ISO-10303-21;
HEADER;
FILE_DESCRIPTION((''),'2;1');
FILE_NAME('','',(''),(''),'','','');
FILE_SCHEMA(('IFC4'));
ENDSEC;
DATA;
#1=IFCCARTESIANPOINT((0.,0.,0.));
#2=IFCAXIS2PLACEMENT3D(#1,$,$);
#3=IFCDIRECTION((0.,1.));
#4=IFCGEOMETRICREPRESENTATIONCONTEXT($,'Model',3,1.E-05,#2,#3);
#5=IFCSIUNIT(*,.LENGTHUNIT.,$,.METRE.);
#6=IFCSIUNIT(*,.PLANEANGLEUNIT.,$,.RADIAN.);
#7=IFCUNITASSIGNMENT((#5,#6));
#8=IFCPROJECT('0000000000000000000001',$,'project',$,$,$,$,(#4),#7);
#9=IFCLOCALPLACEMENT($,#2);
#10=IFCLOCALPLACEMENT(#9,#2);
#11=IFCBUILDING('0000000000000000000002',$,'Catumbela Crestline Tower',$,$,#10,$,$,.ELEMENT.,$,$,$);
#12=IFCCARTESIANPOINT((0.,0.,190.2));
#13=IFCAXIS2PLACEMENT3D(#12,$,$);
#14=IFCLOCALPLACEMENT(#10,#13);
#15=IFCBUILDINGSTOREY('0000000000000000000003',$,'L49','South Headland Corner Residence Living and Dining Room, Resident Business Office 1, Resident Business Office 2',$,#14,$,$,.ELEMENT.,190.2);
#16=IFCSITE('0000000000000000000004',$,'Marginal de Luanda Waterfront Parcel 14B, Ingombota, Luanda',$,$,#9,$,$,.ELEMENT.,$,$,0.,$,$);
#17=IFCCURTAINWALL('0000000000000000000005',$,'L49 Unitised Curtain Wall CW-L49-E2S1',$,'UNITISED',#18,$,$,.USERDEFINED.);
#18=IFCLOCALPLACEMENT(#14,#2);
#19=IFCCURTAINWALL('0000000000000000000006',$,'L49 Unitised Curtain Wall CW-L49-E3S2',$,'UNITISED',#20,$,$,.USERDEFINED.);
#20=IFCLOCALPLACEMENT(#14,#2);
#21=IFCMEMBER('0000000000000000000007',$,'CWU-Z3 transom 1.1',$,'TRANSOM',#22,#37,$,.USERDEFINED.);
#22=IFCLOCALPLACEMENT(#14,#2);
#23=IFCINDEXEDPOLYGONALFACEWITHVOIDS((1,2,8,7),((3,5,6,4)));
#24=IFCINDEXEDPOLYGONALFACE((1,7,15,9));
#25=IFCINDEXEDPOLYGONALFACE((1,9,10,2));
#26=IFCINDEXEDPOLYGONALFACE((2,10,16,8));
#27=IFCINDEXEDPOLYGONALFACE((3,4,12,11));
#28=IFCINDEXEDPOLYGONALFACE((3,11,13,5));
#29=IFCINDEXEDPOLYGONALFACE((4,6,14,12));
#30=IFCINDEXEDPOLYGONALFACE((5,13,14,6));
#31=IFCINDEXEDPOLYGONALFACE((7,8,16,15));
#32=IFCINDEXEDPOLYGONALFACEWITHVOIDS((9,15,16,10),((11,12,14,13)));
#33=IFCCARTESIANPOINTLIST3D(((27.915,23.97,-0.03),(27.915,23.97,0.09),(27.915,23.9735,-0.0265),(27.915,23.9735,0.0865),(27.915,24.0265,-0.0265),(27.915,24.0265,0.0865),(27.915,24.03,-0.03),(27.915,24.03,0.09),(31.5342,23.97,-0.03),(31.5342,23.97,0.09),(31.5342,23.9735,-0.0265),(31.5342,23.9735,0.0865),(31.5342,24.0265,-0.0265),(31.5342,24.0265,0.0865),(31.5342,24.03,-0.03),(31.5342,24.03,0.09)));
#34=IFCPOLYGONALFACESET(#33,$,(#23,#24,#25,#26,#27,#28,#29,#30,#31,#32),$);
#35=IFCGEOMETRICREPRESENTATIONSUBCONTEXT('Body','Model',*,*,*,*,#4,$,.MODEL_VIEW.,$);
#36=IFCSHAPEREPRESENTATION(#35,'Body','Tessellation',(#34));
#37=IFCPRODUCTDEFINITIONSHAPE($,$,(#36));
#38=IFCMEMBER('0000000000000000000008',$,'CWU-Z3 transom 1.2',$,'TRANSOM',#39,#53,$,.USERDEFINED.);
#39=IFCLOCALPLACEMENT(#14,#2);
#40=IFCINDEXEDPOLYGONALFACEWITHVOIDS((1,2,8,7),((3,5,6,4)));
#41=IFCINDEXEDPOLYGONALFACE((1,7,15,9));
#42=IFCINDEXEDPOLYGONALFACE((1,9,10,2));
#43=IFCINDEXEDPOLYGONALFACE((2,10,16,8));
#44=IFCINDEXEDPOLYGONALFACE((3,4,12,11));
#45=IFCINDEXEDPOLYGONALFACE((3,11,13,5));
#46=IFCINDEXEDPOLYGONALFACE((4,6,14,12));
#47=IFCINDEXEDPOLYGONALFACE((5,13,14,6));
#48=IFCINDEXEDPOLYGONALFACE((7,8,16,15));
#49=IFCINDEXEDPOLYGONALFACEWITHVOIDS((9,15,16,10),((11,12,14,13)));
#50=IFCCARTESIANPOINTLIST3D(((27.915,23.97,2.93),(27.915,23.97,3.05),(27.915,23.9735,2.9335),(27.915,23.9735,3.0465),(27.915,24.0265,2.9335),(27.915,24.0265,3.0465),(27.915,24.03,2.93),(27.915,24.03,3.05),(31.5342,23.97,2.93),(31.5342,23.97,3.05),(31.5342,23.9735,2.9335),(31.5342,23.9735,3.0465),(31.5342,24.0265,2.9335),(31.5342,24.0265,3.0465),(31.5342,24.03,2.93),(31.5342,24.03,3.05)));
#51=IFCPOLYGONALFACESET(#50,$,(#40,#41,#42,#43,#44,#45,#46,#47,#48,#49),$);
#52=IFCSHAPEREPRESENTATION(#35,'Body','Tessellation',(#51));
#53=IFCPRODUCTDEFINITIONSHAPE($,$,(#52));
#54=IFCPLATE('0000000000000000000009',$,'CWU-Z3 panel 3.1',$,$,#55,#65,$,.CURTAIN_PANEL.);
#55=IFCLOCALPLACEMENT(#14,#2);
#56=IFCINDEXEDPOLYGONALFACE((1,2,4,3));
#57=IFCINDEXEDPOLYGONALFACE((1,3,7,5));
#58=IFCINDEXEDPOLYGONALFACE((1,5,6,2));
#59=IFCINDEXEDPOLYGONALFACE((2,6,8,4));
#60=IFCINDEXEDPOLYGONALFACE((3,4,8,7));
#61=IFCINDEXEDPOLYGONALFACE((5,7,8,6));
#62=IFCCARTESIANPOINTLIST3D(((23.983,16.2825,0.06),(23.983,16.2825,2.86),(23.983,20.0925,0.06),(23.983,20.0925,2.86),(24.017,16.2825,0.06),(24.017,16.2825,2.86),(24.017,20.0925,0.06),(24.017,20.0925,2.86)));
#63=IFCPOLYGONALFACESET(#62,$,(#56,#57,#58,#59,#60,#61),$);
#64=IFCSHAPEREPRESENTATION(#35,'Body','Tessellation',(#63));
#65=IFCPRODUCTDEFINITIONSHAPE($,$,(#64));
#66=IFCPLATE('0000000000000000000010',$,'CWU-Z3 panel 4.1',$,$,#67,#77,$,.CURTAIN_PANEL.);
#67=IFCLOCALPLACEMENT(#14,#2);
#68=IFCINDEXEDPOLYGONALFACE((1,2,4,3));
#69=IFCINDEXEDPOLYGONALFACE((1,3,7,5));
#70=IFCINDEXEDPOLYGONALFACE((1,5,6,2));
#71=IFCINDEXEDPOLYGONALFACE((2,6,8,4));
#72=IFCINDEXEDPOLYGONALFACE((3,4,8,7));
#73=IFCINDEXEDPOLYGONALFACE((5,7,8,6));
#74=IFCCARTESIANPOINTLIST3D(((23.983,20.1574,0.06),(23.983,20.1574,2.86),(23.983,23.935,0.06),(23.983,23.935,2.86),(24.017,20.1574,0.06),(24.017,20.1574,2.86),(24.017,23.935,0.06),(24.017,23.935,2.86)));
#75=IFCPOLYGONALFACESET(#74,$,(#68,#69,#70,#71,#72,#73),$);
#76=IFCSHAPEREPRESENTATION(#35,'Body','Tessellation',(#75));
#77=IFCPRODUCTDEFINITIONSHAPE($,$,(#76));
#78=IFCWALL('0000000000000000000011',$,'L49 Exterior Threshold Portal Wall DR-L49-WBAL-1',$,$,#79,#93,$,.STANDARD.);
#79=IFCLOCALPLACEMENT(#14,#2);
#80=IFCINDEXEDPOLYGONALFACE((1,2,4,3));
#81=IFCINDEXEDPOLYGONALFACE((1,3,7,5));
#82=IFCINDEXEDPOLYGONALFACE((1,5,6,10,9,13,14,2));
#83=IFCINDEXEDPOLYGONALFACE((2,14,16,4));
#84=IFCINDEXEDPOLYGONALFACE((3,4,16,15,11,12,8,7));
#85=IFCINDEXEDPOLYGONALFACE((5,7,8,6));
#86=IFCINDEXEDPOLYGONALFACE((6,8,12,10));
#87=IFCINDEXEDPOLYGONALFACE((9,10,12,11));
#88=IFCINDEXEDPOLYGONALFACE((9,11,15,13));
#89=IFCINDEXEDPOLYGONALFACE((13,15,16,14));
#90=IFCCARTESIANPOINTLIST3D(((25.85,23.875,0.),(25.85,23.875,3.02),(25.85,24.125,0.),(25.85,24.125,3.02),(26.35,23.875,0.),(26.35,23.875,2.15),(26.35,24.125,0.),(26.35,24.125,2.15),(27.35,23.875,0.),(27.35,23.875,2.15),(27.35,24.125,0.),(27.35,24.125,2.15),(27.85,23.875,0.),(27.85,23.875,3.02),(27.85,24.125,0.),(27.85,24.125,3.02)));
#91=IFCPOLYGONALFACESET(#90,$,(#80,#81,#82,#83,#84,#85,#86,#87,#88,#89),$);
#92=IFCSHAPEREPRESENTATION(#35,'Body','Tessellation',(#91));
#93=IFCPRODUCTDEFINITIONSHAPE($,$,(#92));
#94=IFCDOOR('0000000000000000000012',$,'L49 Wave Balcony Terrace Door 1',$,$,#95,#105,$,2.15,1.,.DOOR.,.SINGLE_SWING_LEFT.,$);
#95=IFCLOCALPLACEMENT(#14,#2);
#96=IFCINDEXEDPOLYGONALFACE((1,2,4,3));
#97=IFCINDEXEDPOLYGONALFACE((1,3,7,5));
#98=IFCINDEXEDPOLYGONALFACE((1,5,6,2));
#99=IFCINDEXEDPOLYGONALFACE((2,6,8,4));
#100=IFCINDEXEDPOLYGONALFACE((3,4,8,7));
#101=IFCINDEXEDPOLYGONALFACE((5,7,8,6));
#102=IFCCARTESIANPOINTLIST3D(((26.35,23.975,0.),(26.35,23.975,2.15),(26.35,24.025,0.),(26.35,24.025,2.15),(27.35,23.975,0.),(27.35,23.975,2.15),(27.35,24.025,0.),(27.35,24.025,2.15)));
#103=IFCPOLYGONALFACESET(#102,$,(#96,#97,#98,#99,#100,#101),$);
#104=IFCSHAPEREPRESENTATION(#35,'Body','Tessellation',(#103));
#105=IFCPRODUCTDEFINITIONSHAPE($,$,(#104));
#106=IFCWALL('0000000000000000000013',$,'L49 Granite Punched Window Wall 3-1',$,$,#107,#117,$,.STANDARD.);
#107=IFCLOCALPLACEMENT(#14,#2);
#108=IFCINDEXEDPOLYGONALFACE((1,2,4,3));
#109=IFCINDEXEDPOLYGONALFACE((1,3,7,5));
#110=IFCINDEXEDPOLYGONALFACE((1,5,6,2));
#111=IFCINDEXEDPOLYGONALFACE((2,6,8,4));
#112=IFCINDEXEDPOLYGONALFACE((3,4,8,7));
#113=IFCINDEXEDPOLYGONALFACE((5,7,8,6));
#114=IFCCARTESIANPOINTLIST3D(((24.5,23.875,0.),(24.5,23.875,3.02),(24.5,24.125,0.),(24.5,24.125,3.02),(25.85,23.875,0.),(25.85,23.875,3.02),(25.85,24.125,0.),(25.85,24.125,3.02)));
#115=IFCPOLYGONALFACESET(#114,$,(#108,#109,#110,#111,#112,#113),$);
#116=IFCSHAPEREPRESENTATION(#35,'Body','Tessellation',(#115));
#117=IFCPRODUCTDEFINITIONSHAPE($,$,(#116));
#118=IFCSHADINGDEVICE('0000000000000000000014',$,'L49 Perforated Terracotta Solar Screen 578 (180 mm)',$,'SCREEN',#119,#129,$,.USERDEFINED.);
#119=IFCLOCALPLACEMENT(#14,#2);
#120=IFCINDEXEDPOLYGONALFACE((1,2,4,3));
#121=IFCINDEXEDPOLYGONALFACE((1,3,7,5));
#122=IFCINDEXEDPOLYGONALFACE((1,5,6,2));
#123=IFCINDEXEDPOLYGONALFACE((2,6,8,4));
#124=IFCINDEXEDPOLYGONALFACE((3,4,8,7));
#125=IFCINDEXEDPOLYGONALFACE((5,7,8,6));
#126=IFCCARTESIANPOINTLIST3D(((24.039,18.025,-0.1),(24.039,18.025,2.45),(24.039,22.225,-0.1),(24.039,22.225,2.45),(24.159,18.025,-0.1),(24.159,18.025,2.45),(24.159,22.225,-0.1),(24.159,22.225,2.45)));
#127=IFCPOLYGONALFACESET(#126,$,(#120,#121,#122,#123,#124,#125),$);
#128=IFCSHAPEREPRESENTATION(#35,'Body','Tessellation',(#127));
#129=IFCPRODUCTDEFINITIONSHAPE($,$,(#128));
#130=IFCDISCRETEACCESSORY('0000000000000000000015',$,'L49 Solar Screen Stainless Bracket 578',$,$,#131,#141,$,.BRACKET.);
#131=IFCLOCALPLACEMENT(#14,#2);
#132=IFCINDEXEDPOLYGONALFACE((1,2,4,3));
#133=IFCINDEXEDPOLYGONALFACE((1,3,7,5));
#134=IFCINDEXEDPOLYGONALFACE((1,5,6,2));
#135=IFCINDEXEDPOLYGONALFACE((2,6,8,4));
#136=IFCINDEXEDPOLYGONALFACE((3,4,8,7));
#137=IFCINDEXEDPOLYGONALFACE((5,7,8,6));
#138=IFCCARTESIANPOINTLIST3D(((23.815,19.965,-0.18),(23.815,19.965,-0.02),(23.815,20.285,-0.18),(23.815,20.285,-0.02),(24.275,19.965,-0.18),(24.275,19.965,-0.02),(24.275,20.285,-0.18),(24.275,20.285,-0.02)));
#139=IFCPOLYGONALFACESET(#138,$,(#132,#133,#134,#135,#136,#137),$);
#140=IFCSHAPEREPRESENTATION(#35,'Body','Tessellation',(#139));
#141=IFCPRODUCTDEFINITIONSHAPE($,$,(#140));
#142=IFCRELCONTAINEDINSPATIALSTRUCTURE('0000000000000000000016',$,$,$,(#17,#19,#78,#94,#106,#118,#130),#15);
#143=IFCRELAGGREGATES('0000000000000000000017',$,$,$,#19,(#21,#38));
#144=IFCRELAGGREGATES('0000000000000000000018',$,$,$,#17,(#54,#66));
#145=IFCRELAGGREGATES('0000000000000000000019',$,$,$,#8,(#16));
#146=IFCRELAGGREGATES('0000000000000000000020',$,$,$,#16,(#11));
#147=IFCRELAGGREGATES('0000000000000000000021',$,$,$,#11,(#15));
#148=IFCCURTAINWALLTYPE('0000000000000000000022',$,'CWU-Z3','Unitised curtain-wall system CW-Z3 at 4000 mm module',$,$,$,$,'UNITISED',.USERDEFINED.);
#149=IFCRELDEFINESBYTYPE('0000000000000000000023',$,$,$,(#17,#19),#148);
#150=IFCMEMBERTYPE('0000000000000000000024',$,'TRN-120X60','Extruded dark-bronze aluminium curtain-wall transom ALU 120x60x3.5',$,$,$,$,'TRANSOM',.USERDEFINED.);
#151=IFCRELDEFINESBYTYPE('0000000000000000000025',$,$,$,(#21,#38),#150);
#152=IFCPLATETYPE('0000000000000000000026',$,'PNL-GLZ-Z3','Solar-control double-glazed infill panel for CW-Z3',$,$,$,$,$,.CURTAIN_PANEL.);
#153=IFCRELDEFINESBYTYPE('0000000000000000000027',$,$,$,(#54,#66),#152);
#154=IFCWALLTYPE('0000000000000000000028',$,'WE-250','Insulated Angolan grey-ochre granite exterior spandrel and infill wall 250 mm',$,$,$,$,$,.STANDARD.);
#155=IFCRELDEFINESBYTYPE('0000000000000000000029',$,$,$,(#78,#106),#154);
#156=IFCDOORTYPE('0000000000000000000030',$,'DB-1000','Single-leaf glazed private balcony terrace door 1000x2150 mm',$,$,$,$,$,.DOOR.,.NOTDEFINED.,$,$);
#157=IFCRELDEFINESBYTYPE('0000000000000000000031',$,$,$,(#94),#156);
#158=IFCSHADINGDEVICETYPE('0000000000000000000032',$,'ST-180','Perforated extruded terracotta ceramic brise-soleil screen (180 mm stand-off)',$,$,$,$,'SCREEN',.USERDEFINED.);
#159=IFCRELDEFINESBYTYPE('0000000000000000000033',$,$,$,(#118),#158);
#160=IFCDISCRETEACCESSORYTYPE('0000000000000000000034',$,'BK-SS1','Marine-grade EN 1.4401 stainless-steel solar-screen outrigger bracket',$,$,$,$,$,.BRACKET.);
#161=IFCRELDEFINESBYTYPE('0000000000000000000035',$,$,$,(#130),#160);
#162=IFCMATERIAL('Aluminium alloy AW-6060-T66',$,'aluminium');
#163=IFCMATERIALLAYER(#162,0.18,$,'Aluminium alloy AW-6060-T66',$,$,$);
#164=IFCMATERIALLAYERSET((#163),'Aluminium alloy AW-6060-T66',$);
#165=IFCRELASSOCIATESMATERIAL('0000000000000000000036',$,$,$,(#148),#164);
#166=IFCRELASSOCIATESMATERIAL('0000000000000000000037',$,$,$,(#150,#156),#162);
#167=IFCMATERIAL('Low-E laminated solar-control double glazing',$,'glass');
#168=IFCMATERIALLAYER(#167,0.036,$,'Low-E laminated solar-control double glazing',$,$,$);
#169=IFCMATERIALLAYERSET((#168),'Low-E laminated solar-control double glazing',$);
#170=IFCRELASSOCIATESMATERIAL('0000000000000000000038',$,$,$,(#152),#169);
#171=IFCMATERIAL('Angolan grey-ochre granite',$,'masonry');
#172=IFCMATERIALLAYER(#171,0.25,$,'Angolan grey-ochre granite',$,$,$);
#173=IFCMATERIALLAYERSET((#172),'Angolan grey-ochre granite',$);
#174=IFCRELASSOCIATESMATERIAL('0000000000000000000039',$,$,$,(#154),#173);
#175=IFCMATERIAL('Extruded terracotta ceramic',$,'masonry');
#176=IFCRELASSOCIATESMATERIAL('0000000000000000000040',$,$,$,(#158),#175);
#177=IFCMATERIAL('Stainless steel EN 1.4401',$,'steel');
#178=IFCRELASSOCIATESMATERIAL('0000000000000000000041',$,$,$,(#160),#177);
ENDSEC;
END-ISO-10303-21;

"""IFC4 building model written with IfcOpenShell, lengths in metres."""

from ifc_helpers import new_model, si_unit, direction, frame, frame_2d, origin, origin_2d, place, context, subcontext, project, spatial, rectangle, hollow_rectangle, extrude, material, layer, layer_set, material_profile, profile_set, type_object, element, fill, aggregate, save


model = new_model("IFC4")

# Units and contexts
model_context = context("Model", 3, precision=1e-05, world=origin(), true_north=direction((0.0, 1.0)))
body_context = subcontext(model_context, "Body", "Model", "MODEL_VIEW")
ifc_project = project(units=[si_unit("LENGTHUNIT", "METRE"), si_unit("PLANEANGLEUNIT", "RADIAN")], contexts=[model_context])

# Site, building, storey
site_placement = place(None, origin())
site = spatial("IfcSite", under=ifc_project, at=site_placement, Name="Marginal de Luanda Waterfront Parcel 14B, Ingombota, Luanda", CompositionType="ELEMENT", RefElevation=0.0)
building_placement = place(site_placement, origin())
building = spatial("IfcBuilding", under=site, at=building_placement, Name="Catumbela Crestline Tower", CompositionType="ELEMENT")
storey_placement = place(building_placement, frame((0.0, 0.0, 190.2)))
storey = spatial("IfcBuildingStorey", under=building, at=storey_placement, Name="L49", Description="South Headland Corner Residence Living and Dining Room, Resident Business Office 1, Resident Business Office 2", CompositionType="ELEMENT", Elevation=190.2)

# Curtain wall
ifc_material_1 = material(Name="Aluminium alloy AW-6060-T66", Category="aluminium")
ifc_layer_1 = layer(ifc_material_1, 0.18, Name="Aluminium alloy AW-6060-T66")
ifc_layer_set_1 = layer_set([ifc_layer_1], Name="Aluminium alloy AW-6060-T66")
curtain_wall_type = type_object("IfcCurtainWallType", Name="CWU-Z3", Description="Unitised curtain-wall system CW-Z3 at 4000 mm module", ElementType="UNITISED", PredefinedType="USERDEFINED", material=ifc_layer_set_1)
curtain_wall_1_placement = place(storey_placement, origin())
curtain_wall_1 = element("IfcCurtainWall", 1, at=curtain_wall_1_placement, inside=storey, type_object=curtain_wall_type, Name="L49 Unitised Curtain Wall CW-L49-E2S1", ObjectType="UNITISED", PredefinedType="USERDEFINED")

# Curtain wall
curtain_wall_2_placement = place(storey_placement, origin())
curtain_wall_2 = element("IfcCurtainWall", 2, at=curtain_wall_2_placement, inside=storey, type_object=curtain_wall_type, Name="L49 Unitised Curtain Wall CW-L49-E3S2", ObjectType="UNITISED", PredefinedType="USERDEFINED")

# Members
ifc_material_profile_1 = material_profile(ifc_material_1, hollow_rectangle(XDim=0.06, YDim=0.12, WallThickness=0.0035, at=origin_2d()), Name="ALU 120x60x3.5")
ifc_profile_set_1 = profile_set([ifc_material_profile_1], Name="Aluminium alloy AW-6060-T66")
member_type_1 = type_object("IfcMemberType", Name="TRN-120X60", Description="Extruded dark-bronze aluminium curtain-wall transom ALU 120x60x3.5", ElementType="TRANSOM", PredefinedType="USERDEFINED", material=ifc_profile_set_1)
member_1_placement = place(storey_placement, frame((27.915, 24.0, 0.03), z_axis=(1.0, 0.0, 0.0), x_axis=(0.0, 1.0, 0.0)))
member_1 = element("IfcMember", 3, at=member_1_placement, type_object=member_type_1, Name="CWU-Z3 transom 1.1", ObjectType="TRANSOM", PredefinedType="USERDEFINED", context=body_context, shape_type="SweptSolid", body=[
    extrude(hollow_rectangle(XDim=0.06, YDim=0.12, WallThickness=0.0035, at=origin_2d()), origin(), (0.0, 0.0, 1.0), 3.6192),
])
member_2_placement = place(storey_placement, frame((27.915, 24.0, 2.99), z_axis=(1.0, 0.0, 0.0), x_axis=(0.0, 1.0, 0.0)))
member_2 = element("IfcMember", 4, at=member_2_placement, type_object=member_type_1, Name="CWU-Z3 transom 1.2", ObjectType="TRANSOM", PredefinedType="USERDEFINED", context=body_context, shape_type="SweptSolid", body=[
    extrude(hollow_rectangle(XDim=0.06, YDim=0.12, WallThickness=0.0035, at=origin_2d()), origin(), (0.0, 0.0, 1.0), 3.6192),
])
aggregate(curtain_wall_2, [member_1, member_2])

# Plates
ifc_material_2 = material(Name="Low-E laminated solar-control double glazing", Category="glass")
ifc_layer_2 = layer(ifc_material_2, 0.036, Name="Low-E laminated solar-control double glazing")
ifc_layer_set_2 = layer_set([ifc_layer_2], Name="Low-E laminated solar-control double glazing")
plate_type = type_object("IfcPlateType", Name="PNL-GLZ-Z3", Description="Solar-control double-glazed infill panel for CW-Z3", PredefinedType="CURTAIN_PANEL", material=ifc_layer_set_2)
plate_1_placement = place(storey_placement, frame((24.0, 18.1875, 0.06), z_axis=(0.0, 0.0, 1.0), x_axis=(0.0, 1.0, 0.0)))
plate_1 = element("IfcPlate", 5, at=plate_1_placement, type_object=plate_type, Name="CWU-Z3 panel 3.1", PredefinedType="CURTAIN_PANEL", context=body_context, shape_type="SweptSolid", body=[
    extrude(rectangle(XDim=3.81, YDim=0.034, at=origin_2d()), origin(), (0.0, 0.0, 1.0), 2.8),
])
plate_2_placement = place(storey_placement, frame((24.0, 22.0462, 0.06), z_axis=(0.0, 0.0, 1.0), x_axis=(0.0, 1.0, 0.0)))
plate_2 = element("IfcPlate", 6, at=plate_2_placement, type_object=plate_type, Name="CWU-Z3 panel 4.1", PredefinedType="CURTAIN_PANEL", context=body_context, shape_type="SweptSolid", body=[
    extrude(rectangle(XDim=3.7775, YDim=0.034, at=origin_2d()), origin(), (0.0, 0.0, 1.0), 2.8),
])
aggregate(curtain_wall_1, [plate_1, plate_2])

# Wall, opening, door
ifc_material_3 = material(Name="Angolan grey-ochre granite", Category="masonry")
ifc_layer_3 = layer(ifc_material_3, 0.25, Name="Angolan grey-ochre granite")
ifc_layer_set_3 = layer_set([ifc_layer_3], Name="Angolan grey-ochre granite")
wall_type = type_object("IfcWallType", Name="WE-250", Description="Insulated Angolan grey-ochre granite exterior spandrel and infill wall 250 mm", PredefinedType="STANDARD", material=ifc_layer_set_3)
wall_1_placement = place(storey_placement, frame((25.85, 24.0, 0.0), z_axis=(0.0, 0.0, 1.0), x_axis=(1.0, 0.0, 0.0)))
wall_1 = element("IfcWall", 7, at=wall_1_placement, inside=storey, type_object=wall_type, Name="L49 Exterior Threshold Portal Wall DR-L49-WBAL-1", PredefinedType="STANDARD", context=body_context, shape_type="SweptSolid", body=[
    extrude(rectangle(XDim=2.0, YDim=0.25, at=frame_2d((1.0, 0.0))), origin(), (0.0, 0.0, 1.0), 3.02),
])
opening_placement = place(wall_1_placement, frame((0.5, 0.0, 0.0)))
opening = element("IfcOpeningElement", 8, at=opening_placement, cuts=wall_1, PredefinedType="OPENING", context=body_context, shape_type="SweptSolid", body=[
    extrude(rectangle(XDim=1.0, YDim=2.15, at=frame_2d((0.5, 1.075))), frame((0.0, 0.135, 0.0), z_axis=(0.0, -1.0, 0.0), x_axis=(1.0, 0.0, 0.0)), (0.0, 0.0, 1.0), 0.27),
])
door_type = type_object("IfcDoorType", Name="DB-1000", Description="Single-leaf glazed private balcony terrace door 1000x2150 mm", OperationType="NOTDEFINED", PredefinedType="DOOR", material=ifc_material_1)
door_placement = place(opening_placement, origin())
door = element("IfcDoor", 9, at=door_placement, inside=storey, type_object=door_type, Name="L49 Wave Balcony Terrace Door 1", OperationType="SINGLE_SWING_LEFT", OverallHeight=2.15, OverallWidth=1.0, PredefinedType="DOOR", context=body_context, shape_type="SweptSolid", body=[
    extrude(rectangle(XDim=1.0, YDim=2.15, at=frame_2d((0.5, 1.075))), frame((0.0, 0.025, 0.0), z_axis=(0.0, -1.0, 0.0), x_axis=(1.0, 0.0, 0.0)), (0.0, 0.0, 1.0), 0.05),
])
fill(opening, door)

# Wall
wall_2_placement = place(storey_placement, frame((24.5, 24.0, 0.0), z_axis=(0.0, 0.0, 1.0), x_axis=(1.0, 0.0, 0.0)))
element("IfcWall", 10, at=wall_2_placement, inside=storey, type_object=wall_type, Name="L49 Granite Punched Window Wall 3-1", PredefinedType="STANDARD", context=body_context, shape_type="SweptSolid", body=[
    extrude(rectangle(XDim=1.35, YDim=0.25, at=frame_2d((0.675, 0.0))), origin(), (0.0, 0.0, 1.0), 3.02),
])

# Shared definitions
ifc_material_4 = material(Name="Stainless steel EN 1.4401", Category="steel")

# Shading device
ifc_material_5 = material(Name="Extruded terracotta ceramic", Category="masonry")
shading_device_type = type_object("IfcShadingDeviceType", Name="ST-180", Description="Perforated extruded terracotta ceramic brise-soleil screen (180 mm stand-off)", ElementType="SCREEN", PredefinedType="USERDEFINED", material=ifc_material_5)
shading_device_placement = place(storey_placement, frame((24.099, 20.125, -0.1), z_axis=(0.0, 0.0, 1.0), x_axis=(0.0, 1.0, 0.0)))
element("IfcShadingDevice", 11, at=shading_device_placement, inside=storey, type_object=shading_device_type, Name="L49 Perforated Terracotta Solar Screen 578 (180 mm)", ObjectType="SCREEN", PredefinedType="USERDEFINED", context=body_context, shape_type="SweptSolid", body=[
    extrude(rectangle(XDim=4.2, YDim=0.12, at=origin_2d()), origin(), (0.0, 0.0, 1.0), 2.55),
])

# Discrete accessory
discrete_accessory_type = type_object("IfcDiscreteAccessoryType", Name="BK-SS1", Description="Marine-grade EN 1.4401 stainless-steel solar-screen outrigger bracket", PredefinedType="BRACKET", material=ifc_material_4)
discrete_accessory_placement = place(storey_placement, frame((24.045, 20.125, -0.18), z_axis=(0.0, 0.0, 1.0), x_axis=(0.0, 1.0, 0.0)))
element("IfcDiscreteAccessory", 12, at=discrete_accessory_placement, inside=storey, type_object=discrete_accessory_type, Name="L49 Solar Screen Stainless Bracket 578", PredefinedType="BRACKET", context=body_context, shape_type="SweptSolid", body=[
    extrude(rectangle(XDim=0.32, YDim=0.46, at=origin_2d()), origin(), (0.0, 0.0, 1.0), 0.16),
])

save(model, "model.ifc")
